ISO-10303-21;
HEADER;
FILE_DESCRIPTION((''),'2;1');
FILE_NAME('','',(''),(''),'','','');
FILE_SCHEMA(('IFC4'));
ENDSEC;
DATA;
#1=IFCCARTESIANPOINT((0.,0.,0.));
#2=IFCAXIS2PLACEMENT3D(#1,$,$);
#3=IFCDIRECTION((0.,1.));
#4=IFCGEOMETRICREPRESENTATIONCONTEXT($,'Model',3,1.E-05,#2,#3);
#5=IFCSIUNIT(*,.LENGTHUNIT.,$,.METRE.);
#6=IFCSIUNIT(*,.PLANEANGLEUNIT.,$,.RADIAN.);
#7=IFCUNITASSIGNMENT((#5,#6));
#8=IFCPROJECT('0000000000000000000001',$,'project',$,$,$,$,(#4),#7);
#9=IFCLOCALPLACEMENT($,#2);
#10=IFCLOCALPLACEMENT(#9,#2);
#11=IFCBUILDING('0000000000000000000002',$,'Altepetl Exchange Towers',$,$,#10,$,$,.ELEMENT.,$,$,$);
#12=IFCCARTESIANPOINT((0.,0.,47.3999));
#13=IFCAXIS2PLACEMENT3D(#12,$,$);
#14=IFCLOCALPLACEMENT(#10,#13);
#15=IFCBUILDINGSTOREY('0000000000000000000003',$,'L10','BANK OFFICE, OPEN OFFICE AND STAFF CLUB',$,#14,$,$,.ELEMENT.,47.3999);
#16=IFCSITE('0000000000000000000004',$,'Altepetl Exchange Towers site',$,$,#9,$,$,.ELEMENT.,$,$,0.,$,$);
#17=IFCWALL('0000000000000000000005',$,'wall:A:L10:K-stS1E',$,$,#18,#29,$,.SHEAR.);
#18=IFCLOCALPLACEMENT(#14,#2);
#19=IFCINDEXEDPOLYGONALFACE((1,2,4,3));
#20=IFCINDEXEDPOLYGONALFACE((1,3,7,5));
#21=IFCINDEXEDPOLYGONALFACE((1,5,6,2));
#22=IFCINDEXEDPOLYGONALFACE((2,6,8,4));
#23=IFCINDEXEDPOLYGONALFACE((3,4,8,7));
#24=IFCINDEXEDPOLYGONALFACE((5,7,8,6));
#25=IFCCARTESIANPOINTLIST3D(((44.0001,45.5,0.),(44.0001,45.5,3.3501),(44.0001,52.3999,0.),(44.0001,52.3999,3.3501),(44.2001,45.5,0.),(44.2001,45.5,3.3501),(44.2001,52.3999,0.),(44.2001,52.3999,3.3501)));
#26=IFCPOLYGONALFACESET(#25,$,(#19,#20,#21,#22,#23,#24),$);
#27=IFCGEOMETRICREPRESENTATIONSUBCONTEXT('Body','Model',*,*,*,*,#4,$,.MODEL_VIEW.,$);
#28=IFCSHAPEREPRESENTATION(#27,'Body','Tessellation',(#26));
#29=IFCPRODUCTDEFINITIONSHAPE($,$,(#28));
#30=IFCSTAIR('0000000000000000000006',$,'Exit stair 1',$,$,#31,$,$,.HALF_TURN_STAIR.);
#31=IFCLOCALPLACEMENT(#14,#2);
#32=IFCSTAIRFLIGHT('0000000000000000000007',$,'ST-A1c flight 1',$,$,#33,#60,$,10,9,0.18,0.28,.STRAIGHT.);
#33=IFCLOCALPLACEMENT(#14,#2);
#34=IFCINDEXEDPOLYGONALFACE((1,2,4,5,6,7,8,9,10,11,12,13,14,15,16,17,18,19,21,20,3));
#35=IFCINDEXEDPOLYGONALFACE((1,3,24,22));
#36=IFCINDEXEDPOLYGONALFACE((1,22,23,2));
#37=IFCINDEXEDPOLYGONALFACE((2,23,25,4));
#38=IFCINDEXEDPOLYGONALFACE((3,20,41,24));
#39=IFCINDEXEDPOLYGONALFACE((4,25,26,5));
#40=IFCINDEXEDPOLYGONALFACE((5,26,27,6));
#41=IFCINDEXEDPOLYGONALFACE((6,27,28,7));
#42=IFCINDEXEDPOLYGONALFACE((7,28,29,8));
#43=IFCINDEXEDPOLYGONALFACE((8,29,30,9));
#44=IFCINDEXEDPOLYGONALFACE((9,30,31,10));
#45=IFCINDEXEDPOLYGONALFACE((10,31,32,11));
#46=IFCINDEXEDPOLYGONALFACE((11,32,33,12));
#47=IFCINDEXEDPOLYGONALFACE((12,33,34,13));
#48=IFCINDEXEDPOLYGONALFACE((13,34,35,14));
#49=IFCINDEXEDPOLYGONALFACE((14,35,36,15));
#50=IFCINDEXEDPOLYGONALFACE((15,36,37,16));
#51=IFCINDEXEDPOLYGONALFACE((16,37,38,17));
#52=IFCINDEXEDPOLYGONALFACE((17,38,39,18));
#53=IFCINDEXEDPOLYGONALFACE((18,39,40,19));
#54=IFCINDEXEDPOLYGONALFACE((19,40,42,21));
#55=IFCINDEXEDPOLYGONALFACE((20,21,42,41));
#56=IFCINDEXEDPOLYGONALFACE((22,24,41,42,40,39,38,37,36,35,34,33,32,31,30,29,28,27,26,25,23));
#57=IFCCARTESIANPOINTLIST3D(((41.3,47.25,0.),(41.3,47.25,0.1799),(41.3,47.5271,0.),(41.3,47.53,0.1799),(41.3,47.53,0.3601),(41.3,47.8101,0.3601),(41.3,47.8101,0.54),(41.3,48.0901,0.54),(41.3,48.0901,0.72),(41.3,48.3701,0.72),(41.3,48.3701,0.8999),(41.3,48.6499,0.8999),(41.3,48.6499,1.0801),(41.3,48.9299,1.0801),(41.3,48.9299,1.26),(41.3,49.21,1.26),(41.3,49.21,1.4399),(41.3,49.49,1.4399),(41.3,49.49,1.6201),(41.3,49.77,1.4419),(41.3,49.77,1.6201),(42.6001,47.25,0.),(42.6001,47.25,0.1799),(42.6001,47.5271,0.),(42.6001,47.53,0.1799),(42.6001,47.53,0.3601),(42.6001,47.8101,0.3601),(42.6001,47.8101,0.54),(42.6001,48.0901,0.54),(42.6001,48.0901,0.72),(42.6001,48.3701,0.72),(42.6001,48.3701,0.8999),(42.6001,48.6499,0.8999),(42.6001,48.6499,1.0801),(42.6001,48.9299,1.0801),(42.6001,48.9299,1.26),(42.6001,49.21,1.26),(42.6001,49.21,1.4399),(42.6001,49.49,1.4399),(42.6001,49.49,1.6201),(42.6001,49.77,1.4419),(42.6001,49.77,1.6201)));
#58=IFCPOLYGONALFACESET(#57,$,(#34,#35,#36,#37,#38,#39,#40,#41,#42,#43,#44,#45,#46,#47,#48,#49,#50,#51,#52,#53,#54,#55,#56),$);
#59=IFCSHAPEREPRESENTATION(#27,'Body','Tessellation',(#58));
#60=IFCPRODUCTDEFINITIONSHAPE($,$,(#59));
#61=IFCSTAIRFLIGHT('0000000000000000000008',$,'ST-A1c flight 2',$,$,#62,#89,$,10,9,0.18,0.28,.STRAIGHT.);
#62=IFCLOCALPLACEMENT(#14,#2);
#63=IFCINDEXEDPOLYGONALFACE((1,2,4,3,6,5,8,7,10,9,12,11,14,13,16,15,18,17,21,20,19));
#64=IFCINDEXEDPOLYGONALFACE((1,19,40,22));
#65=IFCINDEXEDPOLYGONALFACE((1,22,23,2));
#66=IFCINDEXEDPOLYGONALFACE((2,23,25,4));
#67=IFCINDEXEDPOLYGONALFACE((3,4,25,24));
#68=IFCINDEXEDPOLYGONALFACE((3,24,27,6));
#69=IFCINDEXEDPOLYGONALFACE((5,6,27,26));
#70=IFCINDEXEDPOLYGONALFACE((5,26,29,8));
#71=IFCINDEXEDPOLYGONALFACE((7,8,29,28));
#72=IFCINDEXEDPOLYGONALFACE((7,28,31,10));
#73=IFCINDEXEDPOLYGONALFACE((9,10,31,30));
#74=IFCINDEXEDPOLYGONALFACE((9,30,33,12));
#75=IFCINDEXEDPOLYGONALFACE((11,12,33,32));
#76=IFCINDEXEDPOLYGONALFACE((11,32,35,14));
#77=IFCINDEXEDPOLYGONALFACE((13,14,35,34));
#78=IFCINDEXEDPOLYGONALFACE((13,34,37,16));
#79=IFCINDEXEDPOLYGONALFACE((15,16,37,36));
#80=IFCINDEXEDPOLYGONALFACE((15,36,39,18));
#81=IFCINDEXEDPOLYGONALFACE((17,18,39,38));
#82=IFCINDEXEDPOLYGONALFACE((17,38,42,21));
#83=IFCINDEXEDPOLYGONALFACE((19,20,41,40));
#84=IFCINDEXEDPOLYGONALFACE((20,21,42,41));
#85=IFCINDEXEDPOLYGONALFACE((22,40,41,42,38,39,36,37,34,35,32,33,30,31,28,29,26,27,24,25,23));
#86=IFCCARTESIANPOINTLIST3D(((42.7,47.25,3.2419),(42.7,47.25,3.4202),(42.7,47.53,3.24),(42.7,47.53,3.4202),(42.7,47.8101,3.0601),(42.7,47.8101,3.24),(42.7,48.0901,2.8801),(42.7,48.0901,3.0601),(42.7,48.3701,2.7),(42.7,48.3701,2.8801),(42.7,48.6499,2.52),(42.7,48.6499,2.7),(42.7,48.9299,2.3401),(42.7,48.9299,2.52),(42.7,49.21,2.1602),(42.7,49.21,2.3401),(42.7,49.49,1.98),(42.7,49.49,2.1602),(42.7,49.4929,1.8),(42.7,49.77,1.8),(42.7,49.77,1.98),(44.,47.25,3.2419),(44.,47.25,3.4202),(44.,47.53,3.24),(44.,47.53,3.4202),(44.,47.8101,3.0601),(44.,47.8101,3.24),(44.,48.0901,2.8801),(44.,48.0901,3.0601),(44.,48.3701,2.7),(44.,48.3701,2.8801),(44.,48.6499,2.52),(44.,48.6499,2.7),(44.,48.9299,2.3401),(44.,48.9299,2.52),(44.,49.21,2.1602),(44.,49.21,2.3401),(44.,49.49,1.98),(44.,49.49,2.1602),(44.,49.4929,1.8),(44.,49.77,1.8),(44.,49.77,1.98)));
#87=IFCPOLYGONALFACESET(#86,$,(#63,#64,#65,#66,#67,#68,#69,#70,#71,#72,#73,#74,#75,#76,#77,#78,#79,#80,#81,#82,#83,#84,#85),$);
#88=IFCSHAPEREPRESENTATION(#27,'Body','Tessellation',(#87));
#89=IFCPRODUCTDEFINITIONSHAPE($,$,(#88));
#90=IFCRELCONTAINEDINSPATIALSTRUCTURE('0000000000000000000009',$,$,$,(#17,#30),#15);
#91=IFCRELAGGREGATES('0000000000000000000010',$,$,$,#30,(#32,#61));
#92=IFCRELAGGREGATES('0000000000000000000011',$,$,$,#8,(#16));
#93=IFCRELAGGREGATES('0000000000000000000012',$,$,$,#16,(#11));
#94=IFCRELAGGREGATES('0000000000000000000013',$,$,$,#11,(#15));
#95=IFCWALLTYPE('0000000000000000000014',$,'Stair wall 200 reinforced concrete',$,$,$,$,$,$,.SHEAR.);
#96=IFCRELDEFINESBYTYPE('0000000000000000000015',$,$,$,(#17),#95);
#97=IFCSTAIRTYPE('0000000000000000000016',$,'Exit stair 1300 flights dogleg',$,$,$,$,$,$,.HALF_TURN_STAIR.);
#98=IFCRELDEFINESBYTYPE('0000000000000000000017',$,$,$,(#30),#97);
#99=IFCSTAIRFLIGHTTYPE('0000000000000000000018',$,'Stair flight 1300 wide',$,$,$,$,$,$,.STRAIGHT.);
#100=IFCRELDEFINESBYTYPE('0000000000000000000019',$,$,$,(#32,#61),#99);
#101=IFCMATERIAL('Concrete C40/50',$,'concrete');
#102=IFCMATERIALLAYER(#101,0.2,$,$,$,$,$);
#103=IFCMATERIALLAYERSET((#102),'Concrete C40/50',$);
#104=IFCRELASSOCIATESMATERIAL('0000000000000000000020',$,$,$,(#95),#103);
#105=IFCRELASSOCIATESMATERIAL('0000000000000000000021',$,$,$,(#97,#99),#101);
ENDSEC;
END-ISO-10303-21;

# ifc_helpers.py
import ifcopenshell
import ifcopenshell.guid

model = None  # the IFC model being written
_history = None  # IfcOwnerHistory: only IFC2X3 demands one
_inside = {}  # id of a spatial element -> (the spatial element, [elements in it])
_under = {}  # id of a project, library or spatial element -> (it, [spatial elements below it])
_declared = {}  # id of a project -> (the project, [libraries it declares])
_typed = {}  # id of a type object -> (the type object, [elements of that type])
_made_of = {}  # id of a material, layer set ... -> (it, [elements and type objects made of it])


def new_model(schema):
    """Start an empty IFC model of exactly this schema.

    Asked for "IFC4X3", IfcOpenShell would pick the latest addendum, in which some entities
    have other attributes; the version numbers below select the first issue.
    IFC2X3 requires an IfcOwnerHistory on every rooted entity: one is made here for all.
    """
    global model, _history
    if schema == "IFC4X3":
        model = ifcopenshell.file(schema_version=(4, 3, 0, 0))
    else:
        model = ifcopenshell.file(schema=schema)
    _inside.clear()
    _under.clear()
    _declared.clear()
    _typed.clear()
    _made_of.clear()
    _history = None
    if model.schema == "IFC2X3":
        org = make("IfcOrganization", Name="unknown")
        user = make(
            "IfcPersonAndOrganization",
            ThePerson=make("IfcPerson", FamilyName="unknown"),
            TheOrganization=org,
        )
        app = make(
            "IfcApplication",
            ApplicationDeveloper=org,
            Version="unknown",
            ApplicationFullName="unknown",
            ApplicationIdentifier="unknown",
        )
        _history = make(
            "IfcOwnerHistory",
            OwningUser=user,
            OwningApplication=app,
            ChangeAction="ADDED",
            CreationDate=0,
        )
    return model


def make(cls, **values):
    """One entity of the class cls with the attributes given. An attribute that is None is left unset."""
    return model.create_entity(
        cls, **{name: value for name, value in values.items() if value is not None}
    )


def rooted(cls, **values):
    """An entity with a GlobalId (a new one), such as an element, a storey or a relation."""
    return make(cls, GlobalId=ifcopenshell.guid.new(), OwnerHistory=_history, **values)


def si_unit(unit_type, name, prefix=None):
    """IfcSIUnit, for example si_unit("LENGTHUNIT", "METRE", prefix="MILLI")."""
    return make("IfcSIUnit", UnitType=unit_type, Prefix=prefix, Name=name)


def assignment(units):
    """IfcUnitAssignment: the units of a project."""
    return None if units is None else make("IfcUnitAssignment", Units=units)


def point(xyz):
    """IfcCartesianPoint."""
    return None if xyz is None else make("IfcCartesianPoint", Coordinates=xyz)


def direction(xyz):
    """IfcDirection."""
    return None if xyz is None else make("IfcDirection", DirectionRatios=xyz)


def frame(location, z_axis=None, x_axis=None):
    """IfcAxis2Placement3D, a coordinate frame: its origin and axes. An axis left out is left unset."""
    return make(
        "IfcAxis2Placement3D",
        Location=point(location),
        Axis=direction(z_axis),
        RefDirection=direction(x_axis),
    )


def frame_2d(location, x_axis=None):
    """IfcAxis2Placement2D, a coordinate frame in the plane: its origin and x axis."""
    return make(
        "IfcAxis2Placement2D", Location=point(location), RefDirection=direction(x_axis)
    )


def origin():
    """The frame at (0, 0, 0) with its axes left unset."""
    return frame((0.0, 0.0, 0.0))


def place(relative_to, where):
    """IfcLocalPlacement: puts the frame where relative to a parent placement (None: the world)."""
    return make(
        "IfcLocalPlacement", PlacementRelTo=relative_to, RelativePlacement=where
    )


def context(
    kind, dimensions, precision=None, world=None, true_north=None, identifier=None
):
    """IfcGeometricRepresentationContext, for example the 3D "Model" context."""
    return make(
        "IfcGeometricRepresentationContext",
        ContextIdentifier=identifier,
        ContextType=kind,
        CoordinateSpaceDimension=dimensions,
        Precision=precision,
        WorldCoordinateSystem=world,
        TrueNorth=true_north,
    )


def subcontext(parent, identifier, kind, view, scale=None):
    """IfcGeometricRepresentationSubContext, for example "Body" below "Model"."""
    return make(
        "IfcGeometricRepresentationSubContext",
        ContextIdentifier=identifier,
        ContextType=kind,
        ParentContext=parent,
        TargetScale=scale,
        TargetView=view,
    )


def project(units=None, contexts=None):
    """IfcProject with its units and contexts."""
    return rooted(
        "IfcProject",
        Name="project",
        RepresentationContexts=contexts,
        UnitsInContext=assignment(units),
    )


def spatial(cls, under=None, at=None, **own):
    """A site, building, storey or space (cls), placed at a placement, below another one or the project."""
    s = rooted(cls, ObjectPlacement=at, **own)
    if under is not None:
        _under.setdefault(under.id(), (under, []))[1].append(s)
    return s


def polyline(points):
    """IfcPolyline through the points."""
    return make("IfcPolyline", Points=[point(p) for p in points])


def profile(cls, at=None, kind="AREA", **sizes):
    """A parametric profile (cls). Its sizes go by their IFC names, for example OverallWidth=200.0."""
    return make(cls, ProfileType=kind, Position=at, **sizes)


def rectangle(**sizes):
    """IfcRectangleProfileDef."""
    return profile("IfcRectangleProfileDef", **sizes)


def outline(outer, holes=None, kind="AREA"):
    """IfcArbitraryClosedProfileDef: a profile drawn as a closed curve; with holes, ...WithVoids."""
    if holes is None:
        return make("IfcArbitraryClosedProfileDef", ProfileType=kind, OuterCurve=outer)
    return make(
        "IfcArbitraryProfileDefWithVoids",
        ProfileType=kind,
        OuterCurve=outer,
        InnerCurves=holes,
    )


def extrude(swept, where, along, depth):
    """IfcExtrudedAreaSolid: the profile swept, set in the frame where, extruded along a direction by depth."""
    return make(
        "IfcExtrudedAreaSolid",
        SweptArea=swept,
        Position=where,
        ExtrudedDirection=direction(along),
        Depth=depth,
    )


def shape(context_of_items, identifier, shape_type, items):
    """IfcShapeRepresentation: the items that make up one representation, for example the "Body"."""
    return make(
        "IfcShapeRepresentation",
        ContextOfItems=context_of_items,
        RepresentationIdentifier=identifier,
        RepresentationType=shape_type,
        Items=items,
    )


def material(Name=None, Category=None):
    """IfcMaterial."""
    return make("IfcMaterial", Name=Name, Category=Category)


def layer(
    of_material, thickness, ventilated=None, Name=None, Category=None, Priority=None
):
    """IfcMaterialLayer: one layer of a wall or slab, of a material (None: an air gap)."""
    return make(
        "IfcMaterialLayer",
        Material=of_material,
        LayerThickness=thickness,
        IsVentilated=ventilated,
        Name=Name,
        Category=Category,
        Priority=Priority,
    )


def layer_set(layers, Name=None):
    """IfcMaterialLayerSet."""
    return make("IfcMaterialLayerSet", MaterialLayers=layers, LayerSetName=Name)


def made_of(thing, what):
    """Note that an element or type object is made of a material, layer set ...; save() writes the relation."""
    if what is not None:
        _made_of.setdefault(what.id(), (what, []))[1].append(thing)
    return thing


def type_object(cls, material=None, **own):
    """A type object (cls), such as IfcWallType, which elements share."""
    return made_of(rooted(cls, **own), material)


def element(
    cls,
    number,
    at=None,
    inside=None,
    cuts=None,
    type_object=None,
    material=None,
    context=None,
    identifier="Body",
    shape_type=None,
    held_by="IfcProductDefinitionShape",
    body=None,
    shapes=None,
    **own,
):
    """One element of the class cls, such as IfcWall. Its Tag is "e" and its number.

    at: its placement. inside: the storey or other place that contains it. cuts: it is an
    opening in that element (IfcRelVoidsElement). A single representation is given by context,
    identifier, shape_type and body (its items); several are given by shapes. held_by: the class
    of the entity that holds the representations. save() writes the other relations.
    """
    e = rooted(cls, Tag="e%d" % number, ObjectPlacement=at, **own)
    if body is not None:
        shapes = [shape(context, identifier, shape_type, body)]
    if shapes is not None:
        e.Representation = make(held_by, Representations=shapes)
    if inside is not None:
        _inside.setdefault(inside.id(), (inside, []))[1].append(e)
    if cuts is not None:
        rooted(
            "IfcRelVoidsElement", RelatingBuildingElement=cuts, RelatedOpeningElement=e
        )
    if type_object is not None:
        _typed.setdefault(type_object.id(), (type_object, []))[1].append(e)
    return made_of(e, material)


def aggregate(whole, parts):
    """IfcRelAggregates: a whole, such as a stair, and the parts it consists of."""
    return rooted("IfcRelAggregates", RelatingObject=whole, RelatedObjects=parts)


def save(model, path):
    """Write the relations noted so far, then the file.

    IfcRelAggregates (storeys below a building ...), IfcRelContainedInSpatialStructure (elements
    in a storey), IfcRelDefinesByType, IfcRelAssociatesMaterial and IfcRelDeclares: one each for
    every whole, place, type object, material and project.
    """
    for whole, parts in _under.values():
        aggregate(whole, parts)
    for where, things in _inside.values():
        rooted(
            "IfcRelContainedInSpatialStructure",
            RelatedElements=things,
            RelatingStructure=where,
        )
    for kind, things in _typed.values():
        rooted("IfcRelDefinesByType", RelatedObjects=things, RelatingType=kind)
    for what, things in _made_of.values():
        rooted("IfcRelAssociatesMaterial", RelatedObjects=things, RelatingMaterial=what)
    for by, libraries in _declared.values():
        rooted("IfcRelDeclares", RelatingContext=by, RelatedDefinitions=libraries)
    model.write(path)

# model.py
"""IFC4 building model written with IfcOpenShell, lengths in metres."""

from ifc_helpers import new_model, si_unit, direction, frame, frame_2d, origin, place, context, subcontext, project, spatial, polyline, rectangle, outline, extrude, material, layer, layer_set, type_object, element, aggregate, save


model = new_model("IFC4")

# Units and contexts
model_context = context("Model", 3, precision=1e-05, world=origin(), true_north=direction((0.0, 1.0)))
body_context = subcontext(model_context, "Body", "Model", "MODEL_VIEW")
ifc_project = project(units=[si_unit("LENGTHUNIT", "METRE"), si_unit("PLANEANGLEUNIT", "RADIAN")], contexts=[model_context])

# Site, building, storey
site_placement = place(None, origin())
site = spatial("IfcSite", under=ifc_project, at=site_placement, Name="Altepetl Exchange Towers site", CompositionType="ELEMENT", RefElevation=0.0)
building_placement = place(site_placement, origin())
building = spatial("IfcBuilding", under=site, at=building_placement, Name="Altepetl Exchange Towers", CompositionType="ELEMENT")
storey_placement = place(building_placement, frame((0.0, 0.0, 47.3999)))
storey = spatial("IfcBuildingStorey", under=building, at=storey_placement, Name="L10", Description="BANK OFFICE, OPEN OFFICE AND STAFF CLUB", CompositionType="ELEMENT", Elevation=47.3999)

# Shared definitions
ifc_material_1 = material(Name="Concrete C40/50", Category="concrete")

# Wall
ifc_layer_1 = layer(ifc_material_1, 0.2)
ifc_layer_set_1 = layer_set([ifc_layer_1], Name="Concrete C40/50")
wall_type_1 = type_object("IfcWallType", Name="Stair wall 200 reinforced concrete", PredefinedType="SHEAR", material=ifc_layer_set_1)
wall_1_placement = place(storey_placement, frame((44.1001, 45.5, 0.0), z_axis=(0.0, 0.0, 1.0), x_axis=(0.0, 1.0, 0.0)))
element("IfcWall", 1, at=wall_1_placement, inside=storey, type_object=wall_type_1, Name="wall:A:L10:K-stS1E", PredefinedType="SHEAR", context=body_context, shape_type="SweptSolid", body=[
    extrude(rectangle(XDim=6.8999, YDim=0.2, at=frame_2d((3.45, 0.0))), origin(), (0.0, 0.0, 1.0), 3.3501),
])

# Stair, stair flights
stair_type = type_object("IfcStairType", Name="Exit stair 1300 flights dogleg", PredefinedType="HALF_TURN_STAIR", material=ifc_material_1)
stair_placement = place(storey_placement, origin())
stair = element("IfcStair", 2, at=stair_placement, inside=storey, type_object=stair_type, Name="Exit stair 1", PredefinedType="HALF_TURN_STAIR")
stair_flight_type = type_object("IfcStairFlightType", Name="Stair flight 1300 wide", PredefinedType="STRAIGHT", material=ifc_material_1)
stair_flight_1_placement = place(storey_placement, frame((41.95, 47.25, 0.0), z_axis=(0.0, 0.0, 1.0), x_axis=(0.0, 1.0, 0.0)))
stair_flight_1 = element("IfcStairFlight", 3, at=stair_flight_1_placement, type_object=stair_flight_type, Name="ST-A1c flight 1", NumberOfRisers=10, NumberOfTreads=9, PredefinedType="STRAIGHT", RiserHeight=0.18, TreadLength=0.28, context=body_context, shape_type="SweptSolid", body=[
    extrude(outline(polyline([(0.0, 0.0), (0.0, 0.1799), (0.28, 0.1799), (0.28, 0.3601), (0.5601, 0.3601), (0.5601, 0.54), (0.8401, 0.54), (0.8401, 0.72), (1.1201, 0.72), (1.1201, 0.8999), (1.3999, 0.8999), (1.3999, 1.0801), (1.6799, 1.0801), (1.6799, 1.26), (1.96, 1.26), (1.96, 1.4399), (2.24, 1.4399), (2.24, 1.6201), (2.52, 1.6201), (2.52, 1.8), (2.52, 1.4419), (0.2771, 0.0), (0.0, 0.0)])), frame((0.0, 0.6499, 0.0), z_axis=(0.0, -1.0, 0.0), x_axis=(1.0, 0.0, 0.0)), (0.0, 0.0, 1.0), 1.3),
])
stair_flight_2_placement = place(storey_placement, frame((43.3501, 49.77, 1.8), z_axis=(0.0, 0.0, 1.0), x_axis=(0.0, -1.0, 0.0)))
stair_flight_2 = element("IfcStairFlight", 4, at=stair_flight_2_placement, type_object=stair_flight_type, Name="ST-A1c flight 2", NumberOfRisers=10, NumberOfTreads=9, PredefinedType="STRAIGHT", RiserHeight=0.18, TreadLength=0.28, context=body_context, shape_type="SweptSolid", body=[
    extrude(outline(polyline([(0.0, 0.0), (0.0, 0.1799), (0.28, 0.1799), (0.28, 0.3601), (0.5601, 0.3601), (0.5601, 0.54), (0.8401, 0.54), (0.8401, 0.72), (1.1201, 0.72), (1.1201, 0.8999), (1.3999, 0.8999), (1.3999, 1.0801), (1.6799, 1.0801), (1.6799, 1.26), (1.96, 1.26), (1.96, 1.4399), (2.24, 1.4399), (2.24, 1.6201), (2.52, 1.6201), (2.52, 1.8), (2.52, 1.4419), (0.2771, 0.0), (0.0, 0.0)])), frame((0.0, 0.6499, 0.0), z_axis=(0.0, -1.0, 0.0), x_axis=(1.0, 0.0, 0.0)), (0.0, 0.0, 1.0), 1.3),
])
aggregate(stair, [stair_flight_1, stair_flight_2])

save(model, "model.ifc")
